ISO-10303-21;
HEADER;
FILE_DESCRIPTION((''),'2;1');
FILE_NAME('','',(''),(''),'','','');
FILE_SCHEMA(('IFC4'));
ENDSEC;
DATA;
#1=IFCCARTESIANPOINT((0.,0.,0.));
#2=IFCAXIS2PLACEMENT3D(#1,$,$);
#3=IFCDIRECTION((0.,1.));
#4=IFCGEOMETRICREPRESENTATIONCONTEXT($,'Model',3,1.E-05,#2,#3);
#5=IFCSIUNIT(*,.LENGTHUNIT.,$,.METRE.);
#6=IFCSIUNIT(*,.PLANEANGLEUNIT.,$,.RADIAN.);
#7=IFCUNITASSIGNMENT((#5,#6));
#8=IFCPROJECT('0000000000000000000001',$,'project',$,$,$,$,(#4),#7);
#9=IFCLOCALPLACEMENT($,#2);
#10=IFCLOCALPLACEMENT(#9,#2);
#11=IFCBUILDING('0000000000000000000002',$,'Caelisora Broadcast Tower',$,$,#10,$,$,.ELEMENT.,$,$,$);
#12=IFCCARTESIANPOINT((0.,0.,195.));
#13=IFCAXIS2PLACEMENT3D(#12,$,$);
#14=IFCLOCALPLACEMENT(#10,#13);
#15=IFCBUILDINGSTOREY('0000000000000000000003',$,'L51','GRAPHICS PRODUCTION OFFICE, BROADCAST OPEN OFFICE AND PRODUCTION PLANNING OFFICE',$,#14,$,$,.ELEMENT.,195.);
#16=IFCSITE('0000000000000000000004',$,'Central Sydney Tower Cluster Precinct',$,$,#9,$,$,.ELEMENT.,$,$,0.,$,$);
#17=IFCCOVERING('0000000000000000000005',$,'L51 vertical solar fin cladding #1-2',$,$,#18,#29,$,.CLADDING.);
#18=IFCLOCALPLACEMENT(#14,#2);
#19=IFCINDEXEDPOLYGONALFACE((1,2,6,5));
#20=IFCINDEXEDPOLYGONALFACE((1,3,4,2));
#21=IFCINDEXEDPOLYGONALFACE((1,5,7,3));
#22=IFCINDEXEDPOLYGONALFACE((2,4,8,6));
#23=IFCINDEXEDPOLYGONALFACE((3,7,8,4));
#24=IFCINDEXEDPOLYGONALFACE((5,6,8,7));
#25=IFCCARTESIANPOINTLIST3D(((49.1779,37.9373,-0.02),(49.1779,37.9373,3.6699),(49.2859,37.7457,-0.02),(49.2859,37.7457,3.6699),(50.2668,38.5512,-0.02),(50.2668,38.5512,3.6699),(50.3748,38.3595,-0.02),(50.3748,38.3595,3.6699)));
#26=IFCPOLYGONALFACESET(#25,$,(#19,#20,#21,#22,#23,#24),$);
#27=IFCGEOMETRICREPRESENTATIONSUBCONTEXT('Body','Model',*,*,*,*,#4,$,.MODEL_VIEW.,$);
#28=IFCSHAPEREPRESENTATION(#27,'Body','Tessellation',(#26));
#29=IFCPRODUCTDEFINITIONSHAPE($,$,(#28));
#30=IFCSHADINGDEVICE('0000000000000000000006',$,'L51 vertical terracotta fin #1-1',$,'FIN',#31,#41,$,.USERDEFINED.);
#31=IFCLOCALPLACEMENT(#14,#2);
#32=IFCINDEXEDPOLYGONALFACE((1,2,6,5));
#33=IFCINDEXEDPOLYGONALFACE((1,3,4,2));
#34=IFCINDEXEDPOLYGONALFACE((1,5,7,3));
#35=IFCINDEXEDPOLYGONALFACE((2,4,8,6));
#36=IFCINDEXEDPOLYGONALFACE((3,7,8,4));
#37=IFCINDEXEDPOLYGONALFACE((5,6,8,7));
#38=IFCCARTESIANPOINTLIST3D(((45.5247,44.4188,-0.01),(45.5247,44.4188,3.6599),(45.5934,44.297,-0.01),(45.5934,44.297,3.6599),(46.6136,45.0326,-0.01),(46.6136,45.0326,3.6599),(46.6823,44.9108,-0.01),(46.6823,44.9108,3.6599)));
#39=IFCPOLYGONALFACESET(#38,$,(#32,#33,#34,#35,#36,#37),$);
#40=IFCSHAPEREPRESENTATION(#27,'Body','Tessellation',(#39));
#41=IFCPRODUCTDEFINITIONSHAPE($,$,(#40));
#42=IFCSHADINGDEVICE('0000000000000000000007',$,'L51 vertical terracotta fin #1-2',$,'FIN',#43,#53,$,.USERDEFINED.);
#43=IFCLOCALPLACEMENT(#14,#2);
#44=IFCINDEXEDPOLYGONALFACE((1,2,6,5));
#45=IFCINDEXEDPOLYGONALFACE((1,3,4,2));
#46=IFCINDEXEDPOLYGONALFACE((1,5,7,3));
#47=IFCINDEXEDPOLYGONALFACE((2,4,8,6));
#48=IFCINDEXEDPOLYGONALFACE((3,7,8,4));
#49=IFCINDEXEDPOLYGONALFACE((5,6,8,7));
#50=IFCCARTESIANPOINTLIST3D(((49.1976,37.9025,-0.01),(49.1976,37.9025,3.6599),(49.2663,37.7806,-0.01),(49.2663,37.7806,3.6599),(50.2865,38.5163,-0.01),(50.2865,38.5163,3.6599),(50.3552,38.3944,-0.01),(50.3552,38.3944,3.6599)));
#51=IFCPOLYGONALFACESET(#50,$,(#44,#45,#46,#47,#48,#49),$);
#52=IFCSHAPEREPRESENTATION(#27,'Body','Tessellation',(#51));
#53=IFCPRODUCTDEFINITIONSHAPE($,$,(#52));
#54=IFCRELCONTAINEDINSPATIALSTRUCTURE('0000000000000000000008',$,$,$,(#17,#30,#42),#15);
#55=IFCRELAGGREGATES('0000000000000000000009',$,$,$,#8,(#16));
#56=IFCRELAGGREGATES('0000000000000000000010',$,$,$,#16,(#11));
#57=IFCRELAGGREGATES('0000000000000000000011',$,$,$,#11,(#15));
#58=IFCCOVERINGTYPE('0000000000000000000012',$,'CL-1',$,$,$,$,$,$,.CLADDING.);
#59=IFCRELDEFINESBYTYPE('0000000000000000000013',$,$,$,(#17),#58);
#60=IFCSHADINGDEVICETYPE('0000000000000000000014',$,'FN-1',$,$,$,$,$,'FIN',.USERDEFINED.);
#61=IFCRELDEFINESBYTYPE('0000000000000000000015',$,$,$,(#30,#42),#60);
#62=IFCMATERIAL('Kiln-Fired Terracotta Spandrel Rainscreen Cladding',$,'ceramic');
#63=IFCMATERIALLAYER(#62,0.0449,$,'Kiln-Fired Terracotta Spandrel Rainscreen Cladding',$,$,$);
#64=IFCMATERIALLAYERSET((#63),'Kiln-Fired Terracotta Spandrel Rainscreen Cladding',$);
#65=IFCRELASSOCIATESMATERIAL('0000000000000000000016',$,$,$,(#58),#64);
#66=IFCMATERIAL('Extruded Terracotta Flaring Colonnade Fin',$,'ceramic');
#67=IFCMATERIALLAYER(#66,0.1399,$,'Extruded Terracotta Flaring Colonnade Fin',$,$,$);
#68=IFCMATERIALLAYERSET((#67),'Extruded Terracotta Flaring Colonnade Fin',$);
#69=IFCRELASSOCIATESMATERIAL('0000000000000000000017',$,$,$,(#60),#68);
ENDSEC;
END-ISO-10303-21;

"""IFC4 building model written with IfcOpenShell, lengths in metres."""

from ifc_helpers import new_model, si_unit, direction, frame, origin, origin_2d, place, context, subcontext, project, spatial, rectangle, extrude, source, transform, mapped, material, layer, layer_set, type_object, type_shapes, element, save


model = new_model("IFC4")

# Units and contexts
model_context = context("Model", 3, precision=1e-05, world=origin(), true_north=direction((0.0, 1.0)))
body_context = subcontext(model_context, "Body", "Model", "MODEL_VIEW")
ifc_project = project(units=[si_unit("LENGTHUNIT", "METRE"), si_unit("PLANEANGLEUNIT", "RADIAN")], contexts=[model_context])

# Site, building, storey
site_placement = place(None, origin())
site = spatial("IfcSite", under=ifc_project, at=site_placement, Name="Central Sydney Tower Cluster Precinct", CompositionType="ELEMENT", RefElevation=0.0)
building_placement = place(site_placement, origin())
building = spatial("IfcBuilding", under=site, at=building_placement, Name="Caelisora Broadcast Tower", CompositionType="ELEMENT")
storey_placement = place(building_placement, frame((0.0, 0.0, 195.0)))
storey = spatial("IfcBuildingStorey", under=building, at=storey_placement, Name="L51", Description="GRAPHICS PRODUCTION OFFICE, BROADCAST OPEN OFFICE AND PRODUCTION PLANNING OFFICE", CompositionType="ELEMENT", Elevation=195.0)

# Covering
ifc_material_1 = material(Name="Kiln-Fired Terracotta Spandrel Rainscreen Cladding", Category="ceramic")
ifc_layer_1 = layer(ifc_material_1, 0.0449, Name="Kiln-Fired Terracotta Spandrel Rainscreen Cladding")
ifc_layer_set_1 = layer_set([ifc_layer_1], Name="Kiln-Fired Terracotta Spandrel Rainscreen Cladding")
covering_type = type_object("IfcCoveringType", Name="CL-1", PredefinedType="CLADDING", material=ifc_layer_set_1)
shared_shape_1 = source(origin(), body_context, "Body", "SweptSolid", [
    extrude(rectangle(XDim=0.22, YDim=1.25, at=origin_2d()), origin(), (0.0, 0.0, 1.0), 3.6899),
])
type_shapes(covering_type, [shared_shape_1])
for number, where, z_axis, x_axis, name in (
    (1, (49.7764, 38.1484, -0.02), (0.0, 0.0, 1.0), (0.491056, -0.871128, 0.0), "L51 vertical solar fin cladding #1-2"),
):
    element("IfcCovering", number, at=place(storey_placement, frame(where, z_axis=z_axis, x_axis=x_axis)), inside=storey, type_object=covering_type, Name=name, PredefinedType="CLADDING", context=body_context, shape_type="MappedRepresentation", body=[
        mapped(shared_shape_1, transform((0.0, 0.0, 0.0), scale=1.0)),
    ])

# Shading devices
ifc_material_2 = material(Name="Extruded Terracotta Flaring Colonnade Fin", Category="ceramic")
ifc_layer_2 = layer(ifc_material_2, 0.1399, Name="Extruded Terracotta Flaring Colonnade Fin")
ifc_layer_set_2 = layer_set([ifc_layer_2], Name="Extruded Terracotta Flaring Colonnade Fin")
shading_device_type = type_object("IfcShadingDeviceType", Name="FN-1", ElementType="FIN", PredefinedType="USERDEFINED", material=ifc_layer_set_2)
shared_shape_2 = source(origin(), body_context, "Body", "SweptSolid", [
    extrude(rectangle(XDim=0.1399, YDim=1.25, at=origin_2d()), origin(), (0.0, 0.0, 1.0), 3.6699),
])
type_shapes(shading_device_type, [shared_shape_2])
for number, where, z_axis, x_axis, name in (
    (2, (46.1035, 44.6648, -0.01), (0.0, 0.0, 1.0), (0.491056, -0.871128, 0.0), "L51 vertical terracotta fin #1-1"),
    (3, (49.7764, 38.1484, -0.01), (0.0, 0.0, 1.0), (0.491056, -0.871128, 0.0), "L51 vertical terracotta fin #1-2"),
):
    element("IfcShadingDevice", number, at=place(storey_placement, frame(where, z_axis=z_axis, x_axis=x_axis)), inside=storey, type_object=shading_device_type, Name=name, ObjectType="FIN", PredefinedType="USERDEFINED", context=body_context, shape_type="MappedRepresentation", body=[
        mapped(shared_shape_2, transform((0.0, 0.0, 0.0), scale=1.0)),
    ])

save(model, "model.ifc")
